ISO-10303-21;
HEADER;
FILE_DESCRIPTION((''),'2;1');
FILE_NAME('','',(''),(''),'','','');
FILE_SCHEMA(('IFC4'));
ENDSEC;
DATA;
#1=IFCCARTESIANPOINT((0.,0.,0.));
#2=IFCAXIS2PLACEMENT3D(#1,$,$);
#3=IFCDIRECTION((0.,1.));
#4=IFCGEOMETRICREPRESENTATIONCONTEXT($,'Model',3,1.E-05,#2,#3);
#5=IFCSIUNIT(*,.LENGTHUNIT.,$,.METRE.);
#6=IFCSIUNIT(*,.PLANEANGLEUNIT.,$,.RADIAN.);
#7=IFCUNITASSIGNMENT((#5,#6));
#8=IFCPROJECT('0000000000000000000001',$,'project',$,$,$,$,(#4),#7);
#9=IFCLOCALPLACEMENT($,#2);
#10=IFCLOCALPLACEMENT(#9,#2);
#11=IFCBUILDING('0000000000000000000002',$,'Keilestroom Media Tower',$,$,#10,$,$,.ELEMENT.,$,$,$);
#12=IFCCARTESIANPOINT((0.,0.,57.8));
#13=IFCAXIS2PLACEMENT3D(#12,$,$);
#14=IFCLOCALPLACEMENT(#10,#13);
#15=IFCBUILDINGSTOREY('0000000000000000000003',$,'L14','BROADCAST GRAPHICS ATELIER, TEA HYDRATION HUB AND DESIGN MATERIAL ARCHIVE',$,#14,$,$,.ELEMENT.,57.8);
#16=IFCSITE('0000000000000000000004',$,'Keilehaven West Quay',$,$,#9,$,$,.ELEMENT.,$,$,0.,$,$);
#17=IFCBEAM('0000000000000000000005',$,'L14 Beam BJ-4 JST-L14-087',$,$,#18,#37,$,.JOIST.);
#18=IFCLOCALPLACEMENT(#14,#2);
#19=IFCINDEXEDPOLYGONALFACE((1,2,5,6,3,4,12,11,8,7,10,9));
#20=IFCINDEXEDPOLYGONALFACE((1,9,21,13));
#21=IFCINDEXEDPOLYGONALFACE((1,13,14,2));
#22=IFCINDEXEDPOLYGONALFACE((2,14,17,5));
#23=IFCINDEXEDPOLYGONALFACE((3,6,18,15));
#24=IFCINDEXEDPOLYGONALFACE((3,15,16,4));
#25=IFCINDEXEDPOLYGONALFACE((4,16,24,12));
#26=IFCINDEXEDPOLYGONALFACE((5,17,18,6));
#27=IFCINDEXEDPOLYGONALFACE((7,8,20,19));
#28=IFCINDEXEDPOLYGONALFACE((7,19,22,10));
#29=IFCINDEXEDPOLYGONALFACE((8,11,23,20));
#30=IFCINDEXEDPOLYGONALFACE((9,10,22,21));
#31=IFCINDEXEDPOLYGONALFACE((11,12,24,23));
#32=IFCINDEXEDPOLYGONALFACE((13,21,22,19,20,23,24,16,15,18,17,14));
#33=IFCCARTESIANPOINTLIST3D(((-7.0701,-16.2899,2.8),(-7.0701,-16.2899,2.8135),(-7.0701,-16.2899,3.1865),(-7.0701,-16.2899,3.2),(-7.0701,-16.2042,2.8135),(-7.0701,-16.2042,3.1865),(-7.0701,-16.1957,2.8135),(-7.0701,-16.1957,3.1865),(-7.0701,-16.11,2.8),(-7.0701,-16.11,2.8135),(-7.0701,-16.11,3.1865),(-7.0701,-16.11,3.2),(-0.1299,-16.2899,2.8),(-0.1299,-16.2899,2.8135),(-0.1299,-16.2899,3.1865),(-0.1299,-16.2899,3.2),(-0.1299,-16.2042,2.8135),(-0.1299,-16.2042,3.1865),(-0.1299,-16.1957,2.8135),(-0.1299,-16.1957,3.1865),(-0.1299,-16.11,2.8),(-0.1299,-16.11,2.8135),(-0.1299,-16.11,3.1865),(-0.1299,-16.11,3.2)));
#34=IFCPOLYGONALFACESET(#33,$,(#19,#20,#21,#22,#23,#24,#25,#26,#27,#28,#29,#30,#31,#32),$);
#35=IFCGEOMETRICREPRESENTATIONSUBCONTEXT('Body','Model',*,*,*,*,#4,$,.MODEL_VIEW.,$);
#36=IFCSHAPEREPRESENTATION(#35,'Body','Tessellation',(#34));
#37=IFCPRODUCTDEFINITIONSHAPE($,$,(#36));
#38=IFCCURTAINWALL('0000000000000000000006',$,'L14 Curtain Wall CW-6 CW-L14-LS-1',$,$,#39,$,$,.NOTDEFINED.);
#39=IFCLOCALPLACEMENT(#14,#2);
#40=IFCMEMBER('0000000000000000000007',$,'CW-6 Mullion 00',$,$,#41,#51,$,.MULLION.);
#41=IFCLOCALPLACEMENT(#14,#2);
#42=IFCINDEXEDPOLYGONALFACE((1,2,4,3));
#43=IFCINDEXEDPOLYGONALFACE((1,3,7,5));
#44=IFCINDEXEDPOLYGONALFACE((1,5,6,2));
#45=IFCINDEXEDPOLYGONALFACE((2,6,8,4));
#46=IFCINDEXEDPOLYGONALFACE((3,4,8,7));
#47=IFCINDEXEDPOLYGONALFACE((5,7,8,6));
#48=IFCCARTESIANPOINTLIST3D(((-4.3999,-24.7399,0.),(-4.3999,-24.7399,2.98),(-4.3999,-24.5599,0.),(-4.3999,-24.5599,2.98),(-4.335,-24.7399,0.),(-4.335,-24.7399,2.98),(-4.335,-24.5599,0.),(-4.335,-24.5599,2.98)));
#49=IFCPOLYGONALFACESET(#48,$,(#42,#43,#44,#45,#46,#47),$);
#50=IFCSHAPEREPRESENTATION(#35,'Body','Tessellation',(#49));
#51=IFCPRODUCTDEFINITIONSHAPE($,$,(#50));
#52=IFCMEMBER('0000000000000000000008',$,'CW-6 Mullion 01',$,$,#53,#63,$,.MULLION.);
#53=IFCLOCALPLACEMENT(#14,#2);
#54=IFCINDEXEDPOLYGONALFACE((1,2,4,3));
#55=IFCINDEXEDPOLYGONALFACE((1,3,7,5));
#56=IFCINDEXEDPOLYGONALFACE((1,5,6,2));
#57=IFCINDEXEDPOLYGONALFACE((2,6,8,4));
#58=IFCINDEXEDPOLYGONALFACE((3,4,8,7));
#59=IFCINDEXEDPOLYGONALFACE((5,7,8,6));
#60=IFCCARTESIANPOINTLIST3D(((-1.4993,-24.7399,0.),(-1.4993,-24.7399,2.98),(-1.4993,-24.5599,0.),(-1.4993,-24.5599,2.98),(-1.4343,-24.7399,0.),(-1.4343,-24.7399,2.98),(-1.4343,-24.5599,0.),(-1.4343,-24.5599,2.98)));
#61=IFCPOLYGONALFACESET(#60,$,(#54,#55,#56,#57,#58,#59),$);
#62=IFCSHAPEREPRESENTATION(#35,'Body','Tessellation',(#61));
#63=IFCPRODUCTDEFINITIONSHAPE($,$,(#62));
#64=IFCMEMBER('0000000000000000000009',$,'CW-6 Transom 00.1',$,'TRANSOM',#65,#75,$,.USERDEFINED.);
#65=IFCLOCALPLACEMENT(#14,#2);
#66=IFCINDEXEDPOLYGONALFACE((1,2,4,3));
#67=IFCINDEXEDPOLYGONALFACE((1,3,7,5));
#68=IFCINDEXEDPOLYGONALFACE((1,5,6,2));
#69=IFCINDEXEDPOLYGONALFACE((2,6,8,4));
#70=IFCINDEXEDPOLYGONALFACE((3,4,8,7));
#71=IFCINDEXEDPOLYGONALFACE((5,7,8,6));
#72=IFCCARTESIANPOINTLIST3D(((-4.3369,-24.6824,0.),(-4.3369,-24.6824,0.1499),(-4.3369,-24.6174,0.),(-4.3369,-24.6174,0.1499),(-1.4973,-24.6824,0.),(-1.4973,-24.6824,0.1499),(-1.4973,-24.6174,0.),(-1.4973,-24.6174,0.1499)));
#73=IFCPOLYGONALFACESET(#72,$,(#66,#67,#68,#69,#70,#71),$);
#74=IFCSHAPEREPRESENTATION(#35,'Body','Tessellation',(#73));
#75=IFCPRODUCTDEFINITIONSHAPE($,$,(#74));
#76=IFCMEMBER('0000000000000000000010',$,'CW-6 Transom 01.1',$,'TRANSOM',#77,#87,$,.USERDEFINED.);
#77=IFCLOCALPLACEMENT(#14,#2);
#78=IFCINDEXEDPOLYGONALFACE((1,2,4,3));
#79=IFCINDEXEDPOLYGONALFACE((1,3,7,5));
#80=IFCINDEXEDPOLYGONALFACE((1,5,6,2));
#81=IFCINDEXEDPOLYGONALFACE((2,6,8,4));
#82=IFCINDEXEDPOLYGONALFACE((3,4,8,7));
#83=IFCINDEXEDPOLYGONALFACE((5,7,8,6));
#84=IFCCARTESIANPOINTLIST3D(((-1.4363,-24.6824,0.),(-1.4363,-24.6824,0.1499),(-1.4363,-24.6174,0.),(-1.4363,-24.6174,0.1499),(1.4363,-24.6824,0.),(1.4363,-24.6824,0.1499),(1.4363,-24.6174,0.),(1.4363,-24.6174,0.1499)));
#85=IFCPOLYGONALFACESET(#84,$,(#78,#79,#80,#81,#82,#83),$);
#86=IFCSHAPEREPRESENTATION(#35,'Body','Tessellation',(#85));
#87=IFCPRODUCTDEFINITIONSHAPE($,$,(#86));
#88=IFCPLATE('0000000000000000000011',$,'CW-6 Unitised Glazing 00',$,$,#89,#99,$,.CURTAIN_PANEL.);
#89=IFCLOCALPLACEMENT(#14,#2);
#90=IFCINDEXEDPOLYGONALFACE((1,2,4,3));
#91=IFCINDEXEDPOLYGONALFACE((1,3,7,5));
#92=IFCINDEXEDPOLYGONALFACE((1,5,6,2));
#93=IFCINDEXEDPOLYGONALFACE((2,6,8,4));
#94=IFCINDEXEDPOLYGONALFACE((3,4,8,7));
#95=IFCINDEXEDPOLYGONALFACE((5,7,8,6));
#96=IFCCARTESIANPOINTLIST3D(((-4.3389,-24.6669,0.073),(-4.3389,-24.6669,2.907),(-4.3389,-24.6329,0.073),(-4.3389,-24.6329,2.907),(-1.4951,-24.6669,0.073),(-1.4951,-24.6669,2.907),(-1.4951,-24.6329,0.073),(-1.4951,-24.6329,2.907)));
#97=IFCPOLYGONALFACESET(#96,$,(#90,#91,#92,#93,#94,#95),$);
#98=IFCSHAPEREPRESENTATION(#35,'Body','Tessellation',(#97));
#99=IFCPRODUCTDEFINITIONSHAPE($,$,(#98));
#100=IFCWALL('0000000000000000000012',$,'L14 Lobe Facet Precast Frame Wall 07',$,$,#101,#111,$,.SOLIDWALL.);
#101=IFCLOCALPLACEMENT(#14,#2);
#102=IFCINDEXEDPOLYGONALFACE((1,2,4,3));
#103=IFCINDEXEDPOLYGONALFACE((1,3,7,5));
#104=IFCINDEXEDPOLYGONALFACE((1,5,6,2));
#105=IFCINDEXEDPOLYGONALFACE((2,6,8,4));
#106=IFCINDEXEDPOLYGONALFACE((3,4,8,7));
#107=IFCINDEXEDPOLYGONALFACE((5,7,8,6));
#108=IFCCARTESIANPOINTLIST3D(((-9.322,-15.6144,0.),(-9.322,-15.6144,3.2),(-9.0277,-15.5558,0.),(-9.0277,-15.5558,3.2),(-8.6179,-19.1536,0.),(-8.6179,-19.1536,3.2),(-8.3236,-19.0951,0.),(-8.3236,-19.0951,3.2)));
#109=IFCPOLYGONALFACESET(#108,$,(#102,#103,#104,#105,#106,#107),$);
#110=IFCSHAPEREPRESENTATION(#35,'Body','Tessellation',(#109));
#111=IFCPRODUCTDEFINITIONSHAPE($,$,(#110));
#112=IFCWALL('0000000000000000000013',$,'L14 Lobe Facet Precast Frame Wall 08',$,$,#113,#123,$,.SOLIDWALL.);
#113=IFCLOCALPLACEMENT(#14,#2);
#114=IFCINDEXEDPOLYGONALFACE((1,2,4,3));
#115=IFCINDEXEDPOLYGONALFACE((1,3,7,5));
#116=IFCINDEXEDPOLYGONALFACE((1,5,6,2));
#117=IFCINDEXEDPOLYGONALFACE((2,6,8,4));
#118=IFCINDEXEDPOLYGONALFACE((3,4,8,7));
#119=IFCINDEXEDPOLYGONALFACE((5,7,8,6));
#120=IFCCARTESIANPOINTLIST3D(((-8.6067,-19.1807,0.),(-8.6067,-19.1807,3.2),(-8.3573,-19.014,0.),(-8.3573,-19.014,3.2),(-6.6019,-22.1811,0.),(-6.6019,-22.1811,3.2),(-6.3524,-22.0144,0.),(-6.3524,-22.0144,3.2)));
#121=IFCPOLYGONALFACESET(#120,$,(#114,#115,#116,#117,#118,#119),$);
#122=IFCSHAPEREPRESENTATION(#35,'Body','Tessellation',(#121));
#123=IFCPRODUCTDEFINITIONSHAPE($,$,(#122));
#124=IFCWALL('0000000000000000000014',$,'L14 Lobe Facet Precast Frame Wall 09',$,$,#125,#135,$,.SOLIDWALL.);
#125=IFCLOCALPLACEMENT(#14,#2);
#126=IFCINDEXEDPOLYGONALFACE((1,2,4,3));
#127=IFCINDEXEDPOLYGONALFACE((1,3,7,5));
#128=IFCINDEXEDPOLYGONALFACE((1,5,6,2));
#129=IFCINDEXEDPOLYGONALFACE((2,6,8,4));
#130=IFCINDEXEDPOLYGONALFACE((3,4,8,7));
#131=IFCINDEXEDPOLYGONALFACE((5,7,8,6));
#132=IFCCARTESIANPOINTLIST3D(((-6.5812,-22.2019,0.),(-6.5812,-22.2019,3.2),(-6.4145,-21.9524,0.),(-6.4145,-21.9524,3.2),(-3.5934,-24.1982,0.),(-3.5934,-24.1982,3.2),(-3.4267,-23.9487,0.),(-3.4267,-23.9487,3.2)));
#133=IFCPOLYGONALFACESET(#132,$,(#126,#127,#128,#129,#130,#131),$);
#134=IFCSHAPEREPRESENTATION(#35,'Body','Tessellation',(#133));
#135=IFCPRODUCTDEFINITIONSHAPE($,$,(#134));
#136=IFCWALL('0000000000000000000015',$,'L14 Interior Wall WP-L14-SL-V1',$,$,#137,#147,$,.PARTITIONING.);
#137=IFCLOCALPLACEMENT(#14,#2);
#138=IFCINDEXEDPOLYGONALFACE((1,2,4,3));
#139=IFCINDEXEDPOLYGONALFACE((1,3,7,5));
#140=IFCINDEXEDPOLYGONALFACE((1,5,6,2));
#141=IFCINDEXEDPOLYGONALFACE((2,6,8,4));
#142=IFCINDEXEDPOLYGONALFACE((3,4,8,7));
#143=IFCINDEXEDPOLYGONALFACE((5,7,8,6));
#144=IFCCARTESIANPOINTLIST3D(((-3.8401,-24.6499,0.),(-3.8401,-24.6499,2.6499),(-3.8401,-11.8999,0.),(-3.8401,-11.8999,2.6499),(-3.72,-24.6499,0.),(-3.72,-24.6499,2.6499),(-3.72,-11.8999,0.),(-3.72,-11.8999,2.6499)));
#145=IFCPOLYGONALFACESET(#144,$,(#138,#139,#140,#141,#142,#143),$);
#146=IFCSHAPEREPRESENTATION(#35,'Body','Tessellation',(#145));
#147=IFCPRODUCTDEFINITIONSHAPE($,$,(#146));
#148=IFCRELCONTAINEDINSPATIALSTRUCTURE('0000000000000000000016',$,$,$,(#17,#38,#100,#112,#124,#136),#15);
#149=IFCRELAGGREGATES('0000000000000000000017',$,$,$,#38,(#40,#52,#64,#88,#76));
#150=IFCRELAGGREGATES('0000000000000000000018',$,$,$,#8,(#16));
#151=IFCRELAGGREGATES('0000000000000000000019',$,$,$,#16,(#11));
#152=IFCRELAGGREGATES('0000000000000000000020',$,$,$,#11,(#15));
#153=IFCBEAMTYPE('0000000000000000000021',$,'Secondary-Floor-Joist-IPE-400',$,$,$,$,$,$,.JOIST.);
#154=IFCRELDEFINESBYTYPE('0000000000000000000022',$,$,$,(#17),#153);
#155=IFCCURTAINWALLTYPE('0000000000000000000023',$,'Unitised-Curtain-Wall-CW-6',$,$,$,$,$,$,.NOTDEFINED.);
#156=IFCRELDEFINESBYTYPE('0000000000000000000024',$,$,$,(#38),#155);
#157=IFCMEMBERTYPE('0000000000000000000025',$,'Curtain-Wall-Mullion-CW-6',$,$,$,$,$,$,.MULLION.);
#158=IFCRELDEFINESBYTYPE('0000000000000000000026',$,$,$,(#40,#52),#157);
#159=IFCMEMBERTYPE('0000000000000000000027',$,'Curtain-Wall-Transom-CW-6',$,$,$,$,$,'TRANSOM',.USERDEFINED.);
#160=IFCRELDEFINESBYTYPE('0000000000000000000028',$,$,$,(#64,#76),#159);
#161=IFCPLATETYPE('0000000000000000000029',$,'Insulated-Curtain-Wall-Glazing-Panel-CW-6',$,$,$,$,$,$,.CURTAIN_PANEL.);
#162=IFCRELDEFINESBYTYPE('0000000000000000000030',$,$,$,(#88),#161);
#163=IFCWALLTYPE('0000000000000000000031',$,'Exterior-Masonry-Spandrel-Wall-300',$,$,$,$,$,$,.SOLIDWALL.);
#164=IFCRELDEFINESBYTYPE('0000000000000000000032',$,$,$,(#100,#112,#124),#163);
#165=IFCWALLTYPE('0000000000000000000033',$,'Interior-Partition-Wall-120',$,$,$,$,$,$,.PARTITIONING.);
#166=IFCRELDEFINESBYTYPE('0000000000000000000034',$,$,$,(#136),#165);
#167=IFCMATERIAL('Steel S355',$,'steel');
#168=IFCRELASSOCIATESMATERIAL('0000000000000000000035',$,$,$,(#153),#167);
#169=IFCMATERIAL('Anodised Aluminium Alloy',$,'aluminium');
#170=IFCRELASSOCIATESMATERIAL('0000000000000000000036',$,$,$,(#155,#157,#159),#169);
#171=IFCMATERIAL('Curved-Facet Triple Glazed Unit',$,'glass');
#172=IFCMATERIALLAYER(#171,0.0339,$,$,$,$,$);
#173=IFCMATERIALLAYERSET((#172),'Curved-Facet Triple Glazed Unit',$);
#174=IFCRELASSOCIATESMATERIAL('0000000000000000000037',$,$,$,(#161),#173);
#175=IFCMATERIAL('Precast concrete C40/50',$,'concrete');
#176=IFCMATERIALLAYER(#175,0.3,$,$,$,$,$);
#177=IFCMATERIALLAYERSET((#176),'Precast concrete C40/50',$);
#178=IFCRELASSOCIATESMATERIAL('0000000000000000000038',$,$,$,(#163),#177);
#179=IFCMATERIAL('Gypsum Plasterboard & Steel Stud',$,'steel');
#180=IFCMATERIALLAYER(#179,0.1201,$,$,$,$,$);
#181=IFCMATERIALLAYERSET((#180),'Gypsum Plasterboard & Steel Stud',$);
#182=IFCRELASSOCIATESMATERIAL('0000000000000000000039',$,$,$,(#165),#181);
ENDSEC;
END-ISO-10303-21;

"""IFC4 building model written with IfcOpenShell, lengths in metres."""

from ifc_helpers import new_model, si_unit, direction, frame, frame_2d, origin, origin_2d, place, context, subcontext, project, spatial, rectangle, i_section, extrude, source, transform, mapped, material, layer, layer_set, material_profile, profile_set, type_object, element, aggregate, save


model = new_model("IFC4")

# Units and contexts
model_context = context("Model", 3, precision=1e-05, world=origin(), true_north=direction((0.0, 1.0)))
body_context = subcontext(model_context, "Body", "Model", "MODEL_VIEW")
ifc_project = project(units=[si_unit("LENGTHUNIT", "METRE"), si_unit("PLANEANGLEUNIT", "RADIAN")], contexts=[model_context])

# Site, building, storey
site_placement = place(None, origin())
site = spatial("IfcSite", under=ifc_project, at=site_placement, Name="Keilehaven West Quay", CompositionType="ELEMENT", RefElevation=0.0)
building_placement = place(site_placement, origin())
building = spatial("IfcBuilding", under=site, at=building_placement, Name="Keilestroom Media Tower", CompositionType="ELEMENT")
storey_placement = place(building_placement, frame((0.0, 0.0, 57.8)))
storey = spatial("IfcBuildingStorey", under=building, at=storey_placement, Name="L14", Description="BROADCAST GRAPHICS ATELIER, TEA HYDRATION HUB AND DESIGN MATERIAL ARCHIVE", CompositionType="ELEMENT", Elevation=57.8)

# Beam
ifc_material_1 = material(Name="Steel S355", Category="steel")
ifc_material_profile_1 = material_profile(ifc_material_1, i_section(OverallWidth=0.1799, OverallDepth=0.3999, WebThickness=0.0085, FlangeThickness=0.0134, at=origin_2d()), Name="IPE 400")
ifc_profile_set_1 = profile_set([ifc_material_profile_1], Name="Steel S355")
beam_type_1 = type_object("IfcBeamType", Name="Secondary-Floor-Joist-IPE-400", PredefinedType="JOIST", material=ifc_profile_set_1)
shared_shape_1 = source(origin(), body_context, "Body", "SweptSolid", [
    extrude(i_section(OverallWidth=0.1799, OverallDepth=0.3999, WebThickness=0.0085, FlangeThickness=0.0134, at=origin_2d()), origin(), (0.0, 0.0, 1.0), 6.9402),
])
beam_1_placement = place(storey_placement, frame((-7.0701, -16.2, 3.0), z_axis=(1.0, 0.0, 0.0), x_axis=(0.0, 1.0, 0.0)))
element("IfcBeam", 1, at=beam_1_placement, inside=storey, type_object=beam_type_1, Name="L14 Beam BJ-4 JST-L14-087", PredefinedType="JOIST", context=body_context, shape_type="MappedRepresentation", body=[
    mapped(shared_shape_1, transform((0.0, 0.0, 0.0), x_axis=(1.0, 0.0, 0.0), y_axis=(0.0, 1.0, 0.0), z_axis=(0.0, 0.0, 1.0), scale=1.0)),
])

# Curtain wall, members, plate
ifc_material_2 = material(Name="Anodised Aluminium Alloy", Category="aluminium")
curtain_wall_type = type_object("IfcCurtainWallType", Name="Unitised-Curtain-Wall-CW-6", PredefinedType="NOTDEFINED", material=ifc_material_2)
curtain_wall_placement = place(storey_placement, origin())
curtain_wall = element("IfcCurtainWall", 2, at=curtain_wall_placement, inside=storey, type_object=curtain_wall_type, Name="L14 Curtain Wall CW-6 CW-L14-LS-1", PredefinedType="NOTDEFINED")
ifc_material_profile_2 = material_profile(ifc_material_2, rectangle(XDim=0.0649, YDim=0.1799, at=origin_2d()), Name="ALU MULLION 65x180")
ifc_profile_set_2 = profile_set([ifc_material_profile_2], Name="Anodised Aluminium Alloy")
member_type_1 = type_object("IfcMemberType", Name="Curtain-Wall-Mullion-CW-6", PredefinedType="MULLION", material=ifc_profile_set_2)
shared_shape_2 = source(origin(), body_context, "Body", "SweptSolid", [
    extrude(rectangle(XDim=0.0649, YDim=0.1799, at=origin_2d()), origin(), (0.0, 0.0, 1.0), 2.98),
])
member_1_placement = place(storey_placement, frame((-4.3674, -24.6499, 0.0), z_axis=(0.0, 0.0, 1.0), x_axis=(1.0, 0.0, 0.0)))
member_1 = element("IfcMember", 3, at=member_1_placement, type_object=member_type_1, Name="CW-6 Mullion 00", PredefinedType="MULLION", context=body_context, shape_type="MappedRepresentation", body=[
    mapped(shared_shape_2, transform((0.0, 0.0, 0.0), x_axis=(1.0, 0.0, 0.0), y_axis=(0.0, 1.0, 0.0), z_axis=(0.0, 0.0, 1.0), scale=1.0)),
])
member_2_placement = place(storey_placement, frame((-1.4668, -24.6499, 0.0), z_axis=(0.0, 0.0, 1.0), x_axis=(1.0, 0.0, 0.0)))
member_2 = element("IfcMember", 4, at=member_2_placement, type_object=member_type_1, Name="CW-6 Mullion 01", PredefinedType="MULLION", context=body_context, shape_type="MappedRepresentation", body=[
    mapped(shared_shape_2, transform((0.0, 0.0, 0.0), x_axis=(1.0, 0.0, 0.0), y_axis=(0.0, 1.0, 0.0), z_axis=(0.0, 0.0, 1.0), scale=1.0)),
])
ifc_material_profile_3 = material_profile(ifc_material_2, rectangle(XDim=0.0649, YDim=0.1499, at=origin_2d()), Name="ALU TRANSOM 65x150")
ifc_profile_set_3 = profile_set([ifc_material_profile_3], Name="Anodised Aluminium Alloy")
member_type_2 = type_object("IfcMemberType", Name="Curtain-Wall-Transom-CW-6", ElementType="TRANSOM", PredefinedType="USERDEFINED", material=ifc_profile_set_3)
shared_shape_3 = source(origin(), body_context, "Body", "SweptSolid", [
    extrude(rectangle(XDim=0.0649, YDim=0.1499, at=origin_2d()), origin(), (0.0, 0.0, 1.0), 2.8396),
])
member_3_placement = place(storey_placement, frame((-4.3369, -24.6499, 0.075), z_axis=(1.0, 0.0, 0.0), x_axis=(0.0, 1.0, 0.0)))
member_3 = element("IfcMember", 5, at=member_3_placement, type_object=member_type_2, Name="CW-6 Transom 00.1", ObjectType="TRANSOM", PredefinedType="USERDEFINED", context=body_context, shape_type="MappedRepresentation", body=[
    mapped(shared_shape_3, transform((0.0, 0.0, 0.0), x_axis=(1.0, 0.0, 0.0), y_axis=(0.0, 1.0, 0.0), z_axis=(0.0, 0.0, 1.0), scale=1.0)),
])
shared_shape_4 = source(origin(), body_context, "Body", "SweptSolid", [
    extrude(rectangle(XDim=0.0649, YDim=0.1499, at=origin_2d()), origin(), (0.0, 0.0, 1.0), 2.8726),
])
member_4_placement = place(storey_placement, frame((-1.4363, -24.6499, 0.075), z_axis=(1.0, 0.0, 0.0), x_axis=(0.0, 1.0, 0.0)))
member_4 = element("IfcMember", 6, at=member_4_placement, type_object=member_type_2, Name="CW-6 Transom 01.1", ObjectType="TRANSOM", PredefinedType="USERDEFINED", context=body_context, shape_type="MappedRepresentation", body=[
    mapped(shared_shape_4, transform((0.0, 0.0, 0.0), x_axis=(1.0, 0.0, 0.0), y_axis=(0.0, 1.0, 0.0), z_axis=(0.0, 0.0, 1.0), scale=1.0)),
])
ifc_material_3 = material(Name="Curved-Facet Triple Glazed Unit", Category="glass")
ifc_layer_1 = layer(ifc_material_3, 0.0339)
ifc_layer_set_1 = layer_set([ifc_layer_1], Name="Curved-Facet Triple Glazed Unit")
plate_type = type_object("IfcPlateType", Name="Insulated-Curtain-Wall-Glazing-Panel-CW-6", PredefinedType="CURTAIN_PANEL", material=ifc_layer_set_1)
shared_shape_5 = source(origin(), body_context, "Body", "SweptSolid", [
    extrude(rectangle(XDim=2.8438, YDim=0.0339, at=origin_2d()), origin(), (0.0, 0.0, 1.0), 2.834),
])
plate_placement = place(storey_placement, frame((-2.917, -24.6499, 0.073), z_axis=(0.0, 0.0, 1.0), x_axis=(1.0, 0.0, 0.0)))
plate = element("IfcPlate", 7, at=plate_placement, type_object=plate_type, Name="CW-6 Unitised Glazing 00", PredefinedType="CURTAIN_PANEL", context=body_context, shape_type="MappedRepresentation", body=[
    mapped(shared_shape_5, transform((0.0, 0.0, 0.0), x_axis=(1.0, 0.0, 0.0), y_axis=(0.0, 1.0, 0.0), z_axis=(0.0, 0.0, 1.0), scale=1.0)),
])
aggregate(curtain_wall, [member_1, member_2, member_3, plate, member_4])

# Walls
ifc_material_4 = material(Name="Precast concrete C40/50", Category="concrete")
ifc_layer_2 = layer(ifc_material_4, 0.3)
ifc_layer_set_2 = layer_set([ifc_layer_2], Name="Precast concrete C40/50")
wall_type_1 = type_object("IfcWallType", Name="Exterior-Masonry-Spandrel-Wall-300", PredefinedType="SOLIDWALL", material=ifc_layer_set_2)
for number, where, z_axis, x_axis, name in (
    (8, (-9.1748, -15.5852, 0.0), (0.0, 0.0, 1.0), (0.195114, -0.980781, 0.0), "L14 Lobe Facet Precast Frame Wall 07"),
    (9, (-8.4819, -19.0974, 0.0), (0.0, 0.0, 1.0), (0.555574, -0.831467, 0.0), "L14 Lobe Facet Precast Frame Wall 08"),
):
    element("IfcWall", number, at=place(storey_placement, frame(where, z_axis=z_axis, x_axis=x_axis)), inside=storey, type_object=wall_type_1, Name=name, PredefinedType="SOLIDWALL", context=body_context, shape_type="SweptSolid", body=[
        extrude(rectangle(XDim=3.6086, YDim=0.3, at=frame_2d((1.8042, 0.0))), origin(), (0.0, 0.0, 1.0), 3.2),
    ])
wall_1_placement = place(storey_placement, frame((-6.4978, -22.0771, 0.0), z_axis=(0.0, 0.0, 1.0), x_axis=(0.831475, -0.555562, 0.0)))
element("IfcWall", 10, at=wall_1_placement, inside=storey, type_object=wall_type_1, Name="L14 Lobe Facet Precast Frame Wall 09", PredefinedType="SOLIDWALL", context=body_context, shape_type="SweptSolid", body=[
    extrude(rectangle(XDim=3.5933, YDim=0.3, at=frame_2d((1.7966, 0.0))), origin(), (0.0, 0.0, 1.0), 3.2),
])
ifc_material_5 = material(Name="Gypsum Plasterboard & Steel Stud", Category="steel")
ifc_layer_3 = layer(ifc_material_5, 0.1201)
ifc_layer_set_3 = layer_set([ifc_layer_3], Name="Gypsum Plasterboard & Steel Stud")
wall_type_2 = type_object("IfcWallType", Name="Interior-Partition-Wall-120", PredefinedType="PARTITIONING", material=ifc_layer_set_3)
wall_2_placement = place(storey_placement, frame((-3.78, -24.6499, 0.0), z_axis=(0.0, 0.0, 1.0), x_axis=(0.0, 1.0, 0.0)))
element("IfcWall", 11, at=wall_2_placement, inside=storey, type_object=wall_type_2, Name="L14 Interior Wall WP-L14-SL-V1", PredefinedType="PARTITIONING", context=body_context, shape_type="SweptSolid", body=[
    extrude(rectangle(XDim=12.75, YDim=0.1201, at=frame_2d((6.375, 0.0))), origin(), (0.0, 0.0, 1.0), 2.6499),
])

save(model, "model.ifc")
